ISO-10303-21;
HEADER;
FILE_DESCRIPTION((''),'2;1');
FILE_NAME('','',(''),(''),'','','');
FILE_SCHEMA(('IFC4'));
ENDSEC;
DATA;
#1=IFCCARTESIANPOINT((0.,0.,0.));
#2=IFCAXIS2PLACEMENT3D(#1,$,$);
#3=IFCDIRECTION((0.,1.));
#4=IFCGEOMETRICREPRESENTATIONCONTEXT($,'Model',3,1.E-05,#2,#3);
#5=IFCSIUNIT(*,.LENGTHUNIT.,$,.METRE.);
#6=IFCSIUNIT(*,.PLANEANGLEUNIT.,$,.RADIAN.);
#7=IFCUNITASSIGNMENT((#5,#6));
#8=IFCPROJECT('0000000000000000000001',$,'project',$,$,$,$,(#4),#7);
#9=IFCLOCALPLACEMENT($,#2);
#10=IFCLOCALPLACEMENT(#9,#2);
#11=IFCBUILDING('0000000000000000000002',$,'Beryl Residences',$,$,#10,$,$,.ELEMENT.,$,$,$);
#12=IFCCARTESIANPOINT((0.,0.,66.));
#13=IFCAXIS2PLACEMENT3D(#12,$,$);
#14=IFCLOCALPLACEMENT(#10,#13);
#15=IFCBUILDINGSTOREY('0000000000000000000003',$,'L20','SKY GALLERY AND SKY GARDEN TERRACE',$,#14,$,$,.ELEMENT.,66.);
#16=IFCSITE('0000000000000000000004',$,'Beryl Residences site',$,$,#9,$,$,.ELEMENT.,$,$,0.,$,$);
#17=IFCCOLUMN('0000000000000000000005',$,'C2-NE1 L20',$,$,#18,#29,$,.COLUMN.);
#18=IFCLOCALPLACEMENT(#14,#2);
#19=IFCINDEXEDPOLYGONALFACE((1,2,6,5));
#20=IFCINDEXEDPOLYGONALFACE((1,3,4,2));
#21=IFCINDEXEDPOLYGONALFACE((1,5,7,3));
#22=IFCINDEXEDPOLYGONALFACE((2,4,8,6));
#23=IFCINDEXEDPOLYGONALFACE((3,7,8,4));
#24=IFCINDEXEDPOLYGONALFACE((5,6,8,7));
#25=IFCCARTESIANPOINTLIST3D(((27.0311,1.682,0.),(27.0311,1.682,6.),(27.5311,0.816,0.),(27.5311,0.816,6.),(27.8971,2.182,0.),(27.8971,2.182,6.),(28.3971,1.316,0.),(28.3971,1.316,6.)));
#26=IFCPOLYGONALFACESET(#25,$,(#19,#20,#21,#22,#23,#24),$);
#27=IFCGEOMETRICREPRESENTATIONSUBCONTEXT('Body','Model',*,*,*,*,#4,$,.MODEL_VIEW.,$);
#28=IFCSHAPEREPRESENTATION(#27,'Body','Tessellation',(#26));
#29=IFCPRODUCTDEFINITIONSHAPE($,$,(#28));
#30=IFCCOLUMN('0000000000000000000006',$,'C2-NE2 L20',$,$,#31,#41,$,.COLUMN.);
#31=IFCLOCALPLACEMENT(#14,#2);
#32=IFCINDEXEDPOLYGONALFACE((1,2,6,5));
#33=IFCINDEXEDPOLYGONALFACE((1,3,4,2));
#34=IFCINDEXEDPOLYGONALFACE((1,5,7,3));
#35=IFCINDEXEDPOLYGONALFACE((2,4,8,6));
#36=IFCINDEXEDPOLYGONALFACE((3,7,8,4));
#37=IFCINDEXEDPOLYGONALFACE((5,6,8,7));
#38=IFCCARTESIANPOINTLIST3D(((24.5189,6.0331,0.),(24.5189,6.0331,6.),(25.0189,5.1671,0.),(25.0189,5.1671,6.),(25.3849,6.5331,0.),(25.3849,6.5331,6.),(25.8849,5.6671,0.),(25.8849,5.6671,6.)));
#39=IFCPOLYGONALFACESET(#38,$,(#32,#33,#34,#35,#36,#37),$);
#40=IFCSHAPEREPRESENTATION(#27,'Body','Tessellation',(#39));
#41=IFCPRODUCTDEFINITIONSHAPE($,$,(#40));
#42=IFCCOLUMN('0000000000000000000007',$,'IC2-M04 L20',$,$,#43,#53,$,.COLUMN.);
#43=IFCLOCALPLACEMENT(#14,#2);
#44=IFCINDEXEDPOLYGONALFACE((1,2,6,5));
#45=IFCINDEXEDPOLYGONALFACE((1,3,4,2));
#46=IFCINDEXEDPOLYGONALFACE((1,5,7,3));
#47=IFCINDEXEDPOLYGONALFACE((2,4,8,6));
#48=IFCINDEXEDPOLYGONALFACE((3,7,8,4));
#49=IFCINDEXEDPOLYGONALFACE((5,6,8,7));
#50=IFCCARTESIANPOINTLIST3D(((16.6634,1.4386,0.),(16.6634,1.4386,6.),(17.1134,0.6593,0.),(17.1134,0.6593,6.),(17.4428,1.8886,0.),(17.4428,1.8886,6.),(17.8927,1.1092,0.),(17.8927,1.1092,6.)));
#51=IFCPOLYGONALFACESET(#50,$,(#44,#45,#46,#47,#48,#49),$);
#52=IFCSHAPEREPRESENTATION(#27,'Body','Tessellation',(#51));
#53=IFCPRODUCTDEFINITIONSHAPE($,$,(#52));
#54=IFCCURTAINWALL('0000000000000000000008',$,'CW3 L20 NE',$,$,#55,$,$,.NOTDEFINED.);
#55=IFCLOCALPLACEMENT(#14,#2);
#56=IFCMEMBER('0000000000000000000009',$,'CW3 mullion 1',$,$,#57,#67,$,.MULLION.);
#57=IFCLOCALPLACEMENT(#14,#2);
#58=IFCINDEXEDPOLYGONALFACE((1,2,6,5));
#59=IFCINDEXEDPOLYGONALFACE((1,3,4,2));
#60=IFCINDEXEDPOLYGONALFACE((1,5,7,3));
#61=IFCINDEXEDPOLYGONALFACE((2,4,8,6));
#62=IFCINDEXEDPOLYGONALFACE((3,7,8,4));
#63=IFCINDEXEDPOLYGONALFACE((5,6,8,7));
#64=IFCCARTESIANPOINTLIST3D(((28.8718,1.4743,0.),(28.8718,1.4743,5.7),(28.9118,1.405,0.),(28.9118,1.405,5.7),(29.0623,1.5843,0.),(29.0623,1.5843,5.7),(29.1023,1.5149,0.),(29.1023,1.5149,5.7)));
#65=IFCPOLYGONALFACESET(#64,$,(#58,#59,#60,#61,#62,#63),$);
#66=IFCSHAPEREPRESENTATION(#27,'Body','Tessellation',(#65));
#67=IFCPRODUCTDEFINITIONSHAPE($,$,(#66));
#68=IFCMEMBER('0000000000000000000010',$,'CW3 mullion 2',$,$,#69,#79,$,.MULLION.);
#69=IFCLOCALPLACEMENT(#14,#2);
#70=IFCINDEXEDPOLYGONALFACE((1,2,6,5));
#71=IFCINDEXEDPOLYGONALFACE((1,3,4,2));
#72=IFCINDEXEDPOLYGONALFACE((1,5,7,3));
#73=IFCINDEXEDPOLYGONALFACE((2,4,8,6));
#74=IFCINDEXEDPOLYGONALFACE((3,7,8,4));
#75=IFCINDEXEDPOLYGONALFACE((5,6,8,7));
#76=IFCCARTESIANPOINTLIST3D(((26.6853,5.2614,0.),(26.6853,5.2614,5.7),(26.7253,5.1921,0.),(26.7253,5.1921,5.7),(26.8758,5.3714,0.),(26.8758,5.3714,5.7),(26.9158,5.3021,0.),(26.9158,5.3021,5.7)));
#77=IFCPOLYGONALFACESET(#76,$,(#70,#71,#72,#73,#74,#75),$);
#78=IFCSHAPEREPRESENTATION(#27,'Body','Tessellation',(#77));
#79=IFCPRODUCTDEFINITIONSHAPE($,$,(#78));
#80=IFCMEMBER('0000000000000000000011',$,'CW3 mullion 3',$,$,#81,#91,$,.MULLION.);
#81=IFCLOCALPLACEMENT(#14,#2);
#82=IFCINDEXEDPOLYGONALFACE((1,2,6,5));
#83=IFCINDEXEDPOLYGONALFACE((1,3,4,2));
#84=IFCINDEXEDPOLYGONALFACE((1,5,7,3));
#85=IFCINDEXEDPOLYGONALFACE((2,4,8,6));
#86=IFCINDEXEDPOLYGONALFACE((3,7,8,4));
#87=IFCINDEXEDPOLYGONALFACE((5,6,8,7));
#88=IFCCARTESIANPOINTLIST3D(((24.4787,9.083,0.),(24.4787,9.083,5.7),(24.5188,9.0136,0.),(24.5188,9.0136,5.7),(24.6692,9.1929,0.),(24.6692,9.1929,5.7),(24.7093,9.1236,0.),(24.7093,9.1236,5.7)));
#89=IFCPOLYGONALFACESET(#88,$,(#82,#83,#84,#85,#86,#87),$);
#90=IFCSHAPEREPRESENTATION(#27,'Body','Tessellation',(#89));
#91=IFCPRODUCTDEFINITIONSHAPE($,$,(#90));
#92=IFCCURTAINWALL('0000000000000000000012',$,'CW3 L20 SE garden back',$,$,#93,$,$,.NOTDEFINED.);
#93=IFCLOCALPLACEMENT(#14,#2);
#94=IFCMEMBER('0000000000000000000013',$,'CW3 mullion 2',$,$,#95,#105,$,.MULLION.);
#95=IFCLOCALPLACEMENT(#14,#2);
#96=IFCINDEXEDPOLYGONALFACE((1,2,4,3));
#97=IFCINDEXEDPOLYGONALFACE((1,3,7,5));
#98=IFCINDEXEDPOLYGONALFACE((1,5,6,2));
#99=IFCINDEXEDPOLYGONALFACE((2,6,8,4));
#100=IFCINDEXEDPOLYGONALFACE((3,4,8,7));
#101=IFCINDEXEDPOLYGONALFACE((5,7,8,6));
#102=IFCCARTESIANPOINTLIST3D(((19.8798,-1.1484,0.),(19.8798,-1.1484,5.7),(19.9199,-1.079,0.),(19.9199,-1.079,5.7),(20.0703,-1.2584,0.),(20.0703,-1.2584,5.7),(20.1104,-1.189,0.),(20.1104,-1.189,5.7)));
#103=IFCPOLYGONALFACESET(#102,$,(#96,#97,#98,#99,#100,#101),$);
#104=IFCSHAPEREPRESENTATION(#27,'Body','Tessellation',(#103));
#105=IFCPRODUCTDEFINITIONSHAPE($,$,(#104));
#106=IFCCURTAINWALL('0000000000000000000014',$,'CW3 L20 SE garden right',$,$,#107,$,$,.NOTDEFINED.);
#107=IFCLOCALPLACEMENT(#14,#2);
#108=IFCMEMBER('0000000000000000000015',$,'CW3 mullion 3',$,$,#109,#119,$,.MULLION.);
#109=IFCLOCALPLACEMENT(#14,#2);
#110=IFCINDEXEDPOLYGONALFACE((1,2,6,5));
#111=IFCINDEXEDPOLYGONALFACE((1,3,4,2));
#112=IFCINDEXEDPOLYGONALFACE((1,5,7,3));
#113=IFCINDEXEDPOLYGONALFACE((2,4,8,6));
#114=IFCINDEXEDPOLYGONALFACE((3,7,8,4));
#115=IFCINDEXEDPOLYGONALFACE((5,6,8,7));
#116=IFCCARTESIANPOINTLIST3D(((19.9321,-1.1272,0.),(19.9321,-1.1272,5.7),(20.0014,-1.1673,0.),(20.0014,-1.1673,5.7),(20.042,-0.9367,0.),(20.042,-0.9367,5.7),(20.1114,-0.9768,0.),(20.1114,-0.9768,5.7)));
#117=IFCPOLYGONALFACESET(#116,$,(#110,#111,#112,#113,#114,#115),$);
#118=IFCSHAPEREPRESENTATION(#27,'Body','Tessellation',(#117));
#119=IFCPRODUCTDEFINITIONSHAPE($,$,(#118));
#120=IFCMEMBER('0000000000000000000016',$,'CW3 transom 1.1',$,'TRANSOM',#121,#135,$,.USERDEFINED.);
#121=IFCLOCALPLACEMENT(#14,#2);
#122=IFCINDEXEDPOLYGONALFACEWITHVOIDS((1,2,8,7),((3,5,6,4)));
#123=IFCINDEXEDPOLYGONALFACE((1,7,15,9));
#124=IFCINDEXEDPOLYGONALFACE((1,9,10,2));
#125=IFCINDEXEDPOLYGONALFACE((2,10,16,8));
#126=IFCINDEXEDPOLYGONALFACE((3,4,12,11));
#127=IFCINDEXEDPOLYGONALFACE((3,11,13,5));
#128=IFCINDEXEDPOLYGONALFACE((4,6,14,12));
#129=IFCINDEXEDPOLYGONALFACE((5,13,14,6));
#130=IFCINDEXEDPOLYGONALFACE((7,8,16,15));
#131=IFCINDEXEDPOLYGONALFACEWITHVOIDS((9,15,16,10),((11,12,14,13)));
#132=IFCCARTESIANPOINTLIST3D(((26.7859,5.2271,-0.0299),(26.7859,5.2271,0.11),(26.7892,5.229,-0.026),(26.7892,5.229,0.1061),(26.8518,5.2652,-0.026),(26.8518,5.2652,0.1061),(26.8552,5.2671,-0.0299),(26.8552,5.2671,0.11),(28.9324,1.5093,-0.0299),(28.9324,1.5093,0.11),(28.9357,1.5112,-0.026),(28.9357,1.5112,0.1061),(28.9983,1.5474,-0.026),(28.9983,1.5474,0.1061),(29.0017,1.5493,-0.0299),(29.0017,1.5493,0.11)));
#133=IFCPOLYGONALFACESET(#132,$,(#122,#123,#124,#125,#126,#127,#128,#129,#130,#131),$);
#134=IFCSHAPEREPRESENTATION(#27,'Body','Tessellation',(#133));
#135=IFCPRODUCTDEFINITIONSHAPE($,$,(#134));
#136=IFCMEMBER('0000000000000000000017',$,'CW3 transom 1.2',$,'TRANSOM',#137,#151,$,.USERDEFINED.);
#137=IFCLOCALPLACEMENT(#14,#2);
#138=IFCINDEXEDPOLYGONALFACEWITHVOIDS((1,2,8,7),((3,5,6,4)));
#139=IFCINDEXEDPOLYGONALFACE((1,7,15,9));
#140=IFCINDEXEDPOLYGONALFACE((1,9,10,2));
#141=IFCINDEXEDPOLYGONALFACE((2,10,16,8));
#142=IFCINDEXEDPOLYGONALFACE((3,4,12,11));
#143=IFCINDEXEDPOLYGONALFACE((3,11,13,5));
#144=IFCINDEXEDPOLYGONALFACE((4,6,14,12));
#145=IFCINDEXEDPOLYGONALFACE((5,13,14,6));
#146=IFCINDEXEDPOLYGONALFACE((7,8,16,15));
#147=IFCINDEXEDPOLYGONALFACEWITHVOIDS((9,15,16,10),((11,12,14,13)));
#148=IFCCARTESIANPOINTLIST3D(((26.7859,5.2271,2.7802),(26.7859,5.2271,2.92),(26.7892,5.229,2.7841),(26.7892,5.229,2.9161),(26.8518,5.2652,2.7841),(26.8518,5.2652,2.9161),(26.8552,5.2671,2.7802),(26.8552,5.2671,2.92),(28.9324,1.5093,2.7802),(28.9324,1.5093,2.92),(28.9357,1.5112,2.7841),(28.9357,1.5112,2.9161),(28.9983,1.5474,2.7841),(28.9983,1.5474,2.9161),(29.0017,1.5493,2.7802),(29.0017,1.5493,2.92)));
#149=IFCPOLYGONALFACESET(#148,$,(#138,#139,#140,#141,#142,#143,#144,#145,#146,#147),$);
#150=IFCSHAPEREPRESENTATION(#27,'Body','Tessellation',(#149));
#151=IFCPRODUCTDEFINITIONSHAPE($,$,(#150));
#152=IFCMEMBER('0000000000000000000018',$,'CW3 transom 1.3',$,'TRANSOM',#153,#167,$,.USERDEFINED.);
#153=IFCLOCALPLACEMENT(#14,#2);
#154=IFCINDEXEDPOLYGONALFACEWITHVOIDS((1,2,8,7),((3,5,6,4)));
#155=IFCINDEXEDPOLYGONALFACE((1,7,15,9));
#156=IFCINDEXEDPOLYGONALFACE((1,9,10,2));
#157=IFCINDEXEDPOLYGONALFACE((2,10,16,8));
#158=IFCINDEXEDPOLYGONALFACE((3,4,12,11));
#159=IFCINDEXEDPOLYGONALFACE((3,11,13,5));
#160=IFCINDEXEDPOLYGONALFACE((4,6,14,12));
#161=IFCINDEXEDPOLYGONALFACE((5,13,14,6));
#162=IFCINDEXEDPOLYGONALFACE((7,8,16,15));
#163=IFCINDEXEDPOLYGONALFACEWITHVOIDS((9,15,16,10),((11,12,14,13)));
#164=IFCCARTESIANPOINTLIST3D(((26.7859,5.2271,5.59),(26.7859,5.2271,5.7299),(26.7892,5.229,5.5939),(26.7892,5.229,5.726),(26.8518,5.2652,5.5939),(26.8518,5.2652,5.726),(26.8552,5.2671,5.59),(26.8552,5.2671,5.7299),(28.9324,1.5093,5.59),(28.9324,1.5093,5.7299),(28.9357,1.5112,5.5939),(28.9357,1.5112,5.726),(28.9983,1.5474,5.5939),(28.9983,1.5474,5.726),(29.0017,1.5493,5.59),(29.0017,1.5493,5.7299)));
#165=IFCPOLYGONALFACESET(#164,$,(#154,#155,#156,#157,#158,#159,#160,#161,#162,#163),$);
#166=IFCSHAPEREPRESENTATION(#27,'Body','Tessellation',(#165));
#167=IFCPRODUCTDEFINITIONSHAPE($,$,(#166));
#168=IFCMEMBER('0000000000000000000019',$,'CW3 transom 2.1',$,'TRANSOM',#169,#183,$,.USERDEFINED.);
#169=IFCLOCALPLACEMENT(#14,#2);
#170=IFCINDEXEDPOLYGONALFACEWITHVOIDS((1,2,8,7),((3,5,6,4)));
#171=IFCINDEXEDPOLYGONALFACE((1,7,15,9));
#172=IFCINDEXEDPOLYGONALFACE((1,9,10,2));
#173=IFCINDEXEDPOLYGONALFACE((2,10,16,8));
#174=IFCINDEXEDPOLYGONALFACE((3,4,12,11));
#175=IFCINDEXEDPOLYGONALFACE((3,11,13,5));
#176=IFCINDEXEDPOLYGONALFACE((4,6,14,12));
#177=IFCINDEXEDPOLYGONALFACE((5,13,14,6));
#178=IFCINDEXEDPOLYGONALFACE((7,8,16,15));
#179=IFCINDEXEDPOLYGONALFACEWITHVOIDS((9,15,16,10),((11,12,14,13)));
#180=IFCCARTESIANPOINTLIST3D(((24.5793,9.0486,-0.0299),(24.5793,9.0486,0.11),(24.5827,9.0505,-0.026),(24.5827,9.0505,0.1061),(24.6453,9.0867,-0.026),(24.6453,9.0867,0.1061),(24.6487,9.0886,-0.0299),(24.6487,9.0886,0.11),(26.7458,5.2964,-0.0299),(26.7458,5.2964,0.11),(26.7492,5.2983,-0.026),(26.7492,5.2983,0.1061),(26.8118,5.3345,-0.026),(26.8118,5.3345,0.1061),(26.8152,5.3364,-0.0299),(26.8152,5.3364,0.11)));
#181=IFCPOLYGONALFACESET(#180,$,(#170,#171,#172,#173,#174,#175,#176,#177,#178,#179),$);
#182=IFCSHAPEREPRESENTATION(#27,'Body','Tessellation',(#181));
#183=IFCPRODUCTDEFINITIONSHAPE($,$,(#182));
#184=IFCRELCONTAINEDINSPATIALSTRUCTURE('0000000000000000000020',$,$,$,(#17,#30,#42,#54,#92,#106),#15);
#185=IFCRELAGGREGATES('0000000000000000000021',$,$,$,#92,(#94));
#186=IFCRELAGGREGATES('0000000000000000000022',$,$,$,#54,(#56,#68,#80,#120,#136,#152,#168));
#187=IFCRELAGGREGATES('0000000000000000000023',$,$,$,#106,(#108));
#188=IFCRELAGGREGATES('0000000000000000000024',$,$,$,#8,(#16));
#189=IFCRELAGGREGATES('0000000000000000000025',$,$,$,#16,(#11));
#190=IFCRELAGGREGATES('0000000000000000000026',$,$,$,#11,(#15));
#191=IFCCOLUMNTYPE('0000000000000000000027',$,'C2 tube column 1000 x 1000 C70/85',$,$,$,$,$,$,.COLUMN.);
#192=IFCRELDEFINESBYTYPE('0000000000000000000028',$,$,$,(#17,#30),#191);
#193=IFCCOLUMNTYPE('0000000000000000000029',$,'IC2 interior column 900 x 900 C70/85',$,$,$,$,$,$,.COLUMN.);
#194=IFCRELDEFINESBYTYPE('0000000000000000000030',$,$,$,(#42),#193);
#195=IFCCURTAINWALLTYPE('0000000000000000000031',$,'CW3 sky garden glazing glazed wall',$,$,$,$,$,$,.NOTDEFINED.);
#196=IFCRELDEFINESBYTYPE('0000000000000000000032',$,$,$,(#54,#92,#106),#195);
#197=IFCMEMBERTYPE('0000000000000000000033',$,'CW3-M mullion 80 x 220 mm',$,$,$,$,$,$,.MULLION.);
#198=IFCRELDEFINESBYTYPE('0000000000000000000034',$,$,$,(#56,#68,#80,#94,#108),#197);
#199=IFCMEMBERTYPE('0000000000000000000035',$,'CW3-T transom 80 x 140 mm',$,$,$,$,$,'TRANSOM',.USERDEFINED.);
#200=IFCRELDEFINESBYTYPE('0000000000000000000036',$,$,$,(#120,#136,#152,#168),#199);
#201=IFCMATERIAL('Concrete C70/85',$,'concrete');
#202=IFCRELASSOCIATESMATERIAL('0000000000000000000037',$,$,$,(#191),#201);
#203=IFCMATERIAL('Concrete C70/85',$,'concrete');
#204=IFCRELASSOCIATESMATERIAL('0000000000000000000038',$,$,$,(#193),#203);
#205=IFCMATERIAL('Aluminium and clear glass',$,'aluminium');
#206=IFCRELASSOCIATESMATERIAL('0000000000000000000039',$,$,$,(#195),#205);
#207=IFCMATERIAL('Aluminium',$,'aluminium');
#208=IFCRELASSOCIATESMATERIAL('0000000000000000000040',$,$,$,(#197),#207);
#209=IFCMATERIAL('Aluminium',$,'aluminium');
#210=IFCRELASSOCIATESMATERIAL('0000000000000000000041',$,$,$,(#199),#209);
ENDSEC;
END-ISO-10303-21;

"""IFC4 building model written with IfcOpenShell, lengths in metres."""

from ifc_helpers import new_model, si_unit, direction, frame, origin, origin_2d, place, context, subcontext, project, spatial, rectangle, hollow_rectangle, extrude, material, material_profile, profile_set, type_object, element, aggregate, save


model = new_model("IFC4")

# Units and contexts
model_context = context("Model", 3, precision=1e-05, world=origin(), true_north=direction((0.0, 1.0)))
body_context = subcontext(model_context, "Body", "Model", "MODEL_VIEW")
ifc_project = project(units=[si_unit("LENGTHUNIT", "METRE"), si_unit("PLANEANGLEUNIT", "RADIAN")], contexts=[model_context])

# Site, building, storey
site_placement = place(None, origin())
site = spatial("IfcSite", under=ifc_project, at=site_placement, Name="Beryl Residences site", CompositionType="ELEMENT", RefElevation=0.0)
building_placement = place(site_placement, origin())
building = spatial("IfcBuilding", under=site, at=building_placement, Name="Beryl Residences", CompositionType="ELEMENT")
storey_placement = place(building_placement, frame((0.0, 0.0, 66.0)))
storey = spatial("IfcBuildingStorey", under=building, at=storey_placement, Name="L20", Description="SKY GALLERY AND SKY GARDEN TERRACE", CompositionType="ELEMENT", Elevation=66.0)

# Columns
ifc_material_1 = material(Name="Concrete C70/85", Category="concrete")
ifc_material_profile_1 = material_profile(ifc_material_1, rectangle(XDim=1.0, YDim=1.0, at=origin_2d()))
ifc_profile_set_1 = profile_set([ifc_material_profile_1], Name="Concrete C70/85")
column_type_1 = type_object("IfcColumnType", Name="C2 tube column 1000 x 1000 C70/85", PredefinedType="COLUMN", material=ifc_profile_set_1)
for number, where, z_axis, x_axis, name in (
    (1, (27.7141, 1.499, 0.0), (0.0, 0.0, 1.0), (-0.5, 0.866025, 0.0), "C2-NE1 L20"),
    (2, (25.2019, 5.8501, 0.0), (0.0, 0.0, 1.0), (-0.5, 0.866025, 0.0), "C2-NE2 L20"),
):
    element("IfcColumn", number, at=place(storey_placement, frame(where, z_axis=z_axis, x_axis=x_axis)), inside=storey, type_object=column_type_1, Name=name, PredefinedType="COLUMN", context=body_context, shape_type="SweptSolid", body=[
        extrude(rectangle(XDim=1.0, YDim=1.0, at=origin_2d()), origin(), (0.0, 0.0, 1.0), 6.0),
    ])
ifc_material_2 = material(Name="Concrete C70/85", Category="concrete")
ifc_material_profile_2 = material_profile(ifc_material_2, rectangle(XDim=0.8999, YDim=0.8999, at=origin_2d()))
ifc_profile_set_2 = profile_set([ifc_material_profile_2], Name="Concrete C70/85")
column_type_2 = type_object("IfcColumnType", Name="IC2 interior column 900 x 900 C70/85", PredefinedType="COLUMN", material=ifc_profile_set_2)
column_placement = place(storey_placement, frame((17.2781, 1.2739, 0.0), z_axis=(0.0, 0.0, 1.0), x_axis=(-0.5, 0.866025, 0.0)))
element("IfcColumn", 3, at=column_placement, inside=storey, type_object=column_type_2, Name="IC2-M04 L20", PredefinedType="COLUMN", context=body_context, shape_type="SweptSolid", body=[
    extrude(rectangle(XDim=0.8999, YDim=0.8999, at=origin_2d()), origin(), (0.0, 0.0, 1.0), 6.0),
])

# Curtain wall, members
ifc_material_3 = material(Name="Aluminium and clear glass", Category="aluminium")
curtain_wall_type = type_object("IfcCurtainWallType", Name="CW3 sky garden glazing glazed wall", PredefinedType="NOTDEFINED", material=ifc_material_3)
curtain_wall_1_placement = place(storey_placement, origin())
curtain_wall_1 = element("IfcCurtainWall", 4, at=curtain_wall_1_placement, inside=storey, type_object=curtain_wall_type, Name="CW3 L20 NE", PredefinedType="NOTDEFINED")
ifc_material_4 = material(Name="Aluminium", Category="aluminium")
ifc_material_profile_3 = material_profile(ifc_material_4, rectangle(XDim=0.0801, YDim=0.22, at=origin_2d()))
ifc_profile_set_3 = profile_set([ifc_material_profile_3], Name="Aluminium")
member_type_1 = type_object("IfcMemberType", Name="CW3-M mullion 80 x 220 mm", PredefinedType="MULLION", material=ifc_profile_set_3)
member_1_placement = place(storey_placement, frame((28.9871, 1.4946, 0.0), z_axis=(0.0, 0.0, 1.0), x_axis=(-0.50001, 0.86602, 0.0)))
member_1 = element("IfcMember", 5, at=member_1_placement, type_object=member_type_1, Name="CW3 mullion 1", PredefinedType="MULLION", context=body_context, shape_type="SweptSolid", body=[
    extrude(rectangle(XDim=0.0801, YDim=0.22, at=origin_2d()), origin(), (0.0, 0.0, 1.0), 5.7),
])
member_2_placement = place(storey_placement, frame((26.8005, 5.2817, 0.0), z_axis=(0.0, 0.0, 1.0), x_axis=(-0.50001, 0.86602, 0.0)))
member_2 = element("IfcMember", 6, at=member_2_placement, type_object=member_type_1, Name="CW3 mullion 2", PredefinedType="MULLION", context=body_context, shape_type="SweptSolid", body=[
    extrude(rectangle(XDim=0.0801, YDim=0.22, at=origin_2d()), origin(), (0.0, 0.0, 1.0), 5.7),
])
member_3_placement = place(storey_placement, frame((24.594, 9.1033, 0.0), z_axis=(0.0, 0.0, 1.0), x_axis=(-0.50001, 0.86602, 0.0)))
member_3 = element("IfcMember", 7, at=member_3_placement, type_object=member_type_1, Name="CW3 mullion 3", PredefinedType="MULLION", context=body_context, shape_type="SweptSolid", body=[
    extrude(rectangle(XDim=0.0801, YDim=0.22, at=origin_2d()), origin(), (0.0, 0.0, 1.0), 5.7),
])

# Curtain walls, members
curtain_wall_2_placement = place(storey_placement, origin())
curtain_wall_2 = element("IfcCurtainWall", 8, at=curtain_wall_2_placement, inside=storey, type_object=curtain_wall_type, Name="CW3 L20 SE garden back", PredefinedType="NOTDEFINED")
member_4_placement = place(storey_placement, frame((19.9951, -1.1687, 0.0), z_axis=(0.0, 0.0, 1.0), x_axis=(0.500025, 0.866011, 0.0)))
member_4 = element("IfcMember", 9, at=member_4_placement, type_object=member_type_1, Name="CW3 mullion 2", PredefinedType="MULLION", context=body_context, shape_type="SweptSolid", body=[
    extrude(rectangle(XDim=0.0801, YDim=0.22, at=origin_2d()), origin(), (0.0, 0.0, 1.0), 5.7),
])
aggregate(curtain_wall_2, [member_4])
curtain_wall_3_placement = place(storey_placement, origin())
curtain_wall_3 = element("IfcCurtainWall", 10, at=curtain_wall_3_placement, inside=storey, type_object=curtain_wall_type, Name="CW3 L20 SE garden right", PredefinedType="NOTDEFINED")
member_5_placement = place(storey_placement, frame((20.0217, -1.052, 0.0), z_axis=(0.0, 0.0, 1.0), x_axis=(-0.866055, 0.499949, 0.0)))
member_5 = element("IfcMember", 11, at=member_5_placement, type_object=member_type_1, Name="CW3 mullion 3", PredefinedType="MULLION", context=body_context, shape_type="SweptSolid", body=[
    extrude(rectangle(XDim=0.0801, YDim=0.22, at=origin_2d()), origin(), (0.0, 0.0, 1.0), 5.7),
])

# Members
ifc_material_5 = material(Name="Aluminium", Category="aluminium")
ifc_material_profile_4 = material_profile(ifc_material_5, hollow_rectangle(XDim=0.0801, YDim=0.1399, WallThickness=0.0039, at=origin_2d()))
ifc_profile_set_4 = profile_set([ifc_material_profile_4], Name="Aluminium")
member_type_2 = type_object("IfcMemberType", Name="CW3-T transom 80 x 140 mm", ElementType="TRANSOM", PredefinedType="USERDEFINED", material=ifc_profile_set_4)
member_6_placement = place(storey_placement, frame((28.967, 1.5293, 0.04), z_axis=(-0.500005, 0.866023, 0.0), x_axis=(-0.866023, -0.500005, 0.0)))
member_6 = element("IfcMember", 12, at=member_6_placement, type_object=member_type_2, Name="CW3 transom 1.1", ObjectType="TRANSOM", PredefinedType="USERDEFINED", context=body_context, shape_type="SweptSolid", body=[
    extrude(hollow_rectangle(XDim=0.0801, YDim=0.1399, WallThickness=0.0039, at=origin_2d()), origin(), (0.0, 0.0, 1.0), 4.293),
])
member_7_placement = place(storey_placement, frame((28.967, 1.5293, 2.8501), z_axis=(-0.500005, 0.866023, 0.0), x_axis=(-0.866023, -0.500005, 0.0)))
member_7 = element("IfcMember", 13, at=member_7_placement, type_object=member_type_2, Name="CW3 transom 1.2", ObjectType="TRANSOM", PredefinedType="USERDEFINED", context=body_context, shape_type="SweptSolid", body=[
    extrude(hollow_rectangle(XDim=0.0801, YDim=0.1399, WallThickness=0.0039, at=origin_2d()), origin(), (0.0, 0.0, 1.0), 4.293),
])
member_8_placement = place(storey_placement, frame((28.967, 1.5293, 5.6599), z_axis=(-0.500005, 0.866023, 0.0), x_axis=(-0.866023, -0.500005, 0.0)))
member_8 = element("IfcMember", 14, at=member_8_placement, type_object=member_type_2, Name="CW3 transom 1.3", ObjectType="TRANSOM", PredefinedType="USERDEFINED", context=body_context, shape_type="SweptSolid", body=[
    extrude(hollow_rectangle(XDim=0.0801, YDim=0.1399, WallThickness=0.0039, at=origin_2d()), origin(), (0.0, 0.0, 1.0), 4.293),
])
member_9_placement = place(storey_placement, frame((26.7805, 5.3164, 0.04), z_axis=(-0.50003, 0.866008, 0.0), x_axis=(-0.866008, -0.50003, 0.0)))
member_9 = element("IfcMember", 15, at=member_9_placement, type_object=member_type_2, Name="CW3 transom 2.1", ObjectType="TRANSOM", PredefinedType="USERDEFINED", context=body_context, shape_type="SweptSolid", body=[
    extrude(hollow_rectangle(XDim=0.0801, YDim=0.1399, WallThickness=0.0039, at=origin_2d()), origin(), (0.0, 0.0, 1.0), 4.3328),
])

aggregate(curtain_wall_1, [member_1, member_2, member_3, member_6, member_7, member_8, member_9])
aggregate(curtain_wall_3, [member_5])

save(model, "model.ifc")
